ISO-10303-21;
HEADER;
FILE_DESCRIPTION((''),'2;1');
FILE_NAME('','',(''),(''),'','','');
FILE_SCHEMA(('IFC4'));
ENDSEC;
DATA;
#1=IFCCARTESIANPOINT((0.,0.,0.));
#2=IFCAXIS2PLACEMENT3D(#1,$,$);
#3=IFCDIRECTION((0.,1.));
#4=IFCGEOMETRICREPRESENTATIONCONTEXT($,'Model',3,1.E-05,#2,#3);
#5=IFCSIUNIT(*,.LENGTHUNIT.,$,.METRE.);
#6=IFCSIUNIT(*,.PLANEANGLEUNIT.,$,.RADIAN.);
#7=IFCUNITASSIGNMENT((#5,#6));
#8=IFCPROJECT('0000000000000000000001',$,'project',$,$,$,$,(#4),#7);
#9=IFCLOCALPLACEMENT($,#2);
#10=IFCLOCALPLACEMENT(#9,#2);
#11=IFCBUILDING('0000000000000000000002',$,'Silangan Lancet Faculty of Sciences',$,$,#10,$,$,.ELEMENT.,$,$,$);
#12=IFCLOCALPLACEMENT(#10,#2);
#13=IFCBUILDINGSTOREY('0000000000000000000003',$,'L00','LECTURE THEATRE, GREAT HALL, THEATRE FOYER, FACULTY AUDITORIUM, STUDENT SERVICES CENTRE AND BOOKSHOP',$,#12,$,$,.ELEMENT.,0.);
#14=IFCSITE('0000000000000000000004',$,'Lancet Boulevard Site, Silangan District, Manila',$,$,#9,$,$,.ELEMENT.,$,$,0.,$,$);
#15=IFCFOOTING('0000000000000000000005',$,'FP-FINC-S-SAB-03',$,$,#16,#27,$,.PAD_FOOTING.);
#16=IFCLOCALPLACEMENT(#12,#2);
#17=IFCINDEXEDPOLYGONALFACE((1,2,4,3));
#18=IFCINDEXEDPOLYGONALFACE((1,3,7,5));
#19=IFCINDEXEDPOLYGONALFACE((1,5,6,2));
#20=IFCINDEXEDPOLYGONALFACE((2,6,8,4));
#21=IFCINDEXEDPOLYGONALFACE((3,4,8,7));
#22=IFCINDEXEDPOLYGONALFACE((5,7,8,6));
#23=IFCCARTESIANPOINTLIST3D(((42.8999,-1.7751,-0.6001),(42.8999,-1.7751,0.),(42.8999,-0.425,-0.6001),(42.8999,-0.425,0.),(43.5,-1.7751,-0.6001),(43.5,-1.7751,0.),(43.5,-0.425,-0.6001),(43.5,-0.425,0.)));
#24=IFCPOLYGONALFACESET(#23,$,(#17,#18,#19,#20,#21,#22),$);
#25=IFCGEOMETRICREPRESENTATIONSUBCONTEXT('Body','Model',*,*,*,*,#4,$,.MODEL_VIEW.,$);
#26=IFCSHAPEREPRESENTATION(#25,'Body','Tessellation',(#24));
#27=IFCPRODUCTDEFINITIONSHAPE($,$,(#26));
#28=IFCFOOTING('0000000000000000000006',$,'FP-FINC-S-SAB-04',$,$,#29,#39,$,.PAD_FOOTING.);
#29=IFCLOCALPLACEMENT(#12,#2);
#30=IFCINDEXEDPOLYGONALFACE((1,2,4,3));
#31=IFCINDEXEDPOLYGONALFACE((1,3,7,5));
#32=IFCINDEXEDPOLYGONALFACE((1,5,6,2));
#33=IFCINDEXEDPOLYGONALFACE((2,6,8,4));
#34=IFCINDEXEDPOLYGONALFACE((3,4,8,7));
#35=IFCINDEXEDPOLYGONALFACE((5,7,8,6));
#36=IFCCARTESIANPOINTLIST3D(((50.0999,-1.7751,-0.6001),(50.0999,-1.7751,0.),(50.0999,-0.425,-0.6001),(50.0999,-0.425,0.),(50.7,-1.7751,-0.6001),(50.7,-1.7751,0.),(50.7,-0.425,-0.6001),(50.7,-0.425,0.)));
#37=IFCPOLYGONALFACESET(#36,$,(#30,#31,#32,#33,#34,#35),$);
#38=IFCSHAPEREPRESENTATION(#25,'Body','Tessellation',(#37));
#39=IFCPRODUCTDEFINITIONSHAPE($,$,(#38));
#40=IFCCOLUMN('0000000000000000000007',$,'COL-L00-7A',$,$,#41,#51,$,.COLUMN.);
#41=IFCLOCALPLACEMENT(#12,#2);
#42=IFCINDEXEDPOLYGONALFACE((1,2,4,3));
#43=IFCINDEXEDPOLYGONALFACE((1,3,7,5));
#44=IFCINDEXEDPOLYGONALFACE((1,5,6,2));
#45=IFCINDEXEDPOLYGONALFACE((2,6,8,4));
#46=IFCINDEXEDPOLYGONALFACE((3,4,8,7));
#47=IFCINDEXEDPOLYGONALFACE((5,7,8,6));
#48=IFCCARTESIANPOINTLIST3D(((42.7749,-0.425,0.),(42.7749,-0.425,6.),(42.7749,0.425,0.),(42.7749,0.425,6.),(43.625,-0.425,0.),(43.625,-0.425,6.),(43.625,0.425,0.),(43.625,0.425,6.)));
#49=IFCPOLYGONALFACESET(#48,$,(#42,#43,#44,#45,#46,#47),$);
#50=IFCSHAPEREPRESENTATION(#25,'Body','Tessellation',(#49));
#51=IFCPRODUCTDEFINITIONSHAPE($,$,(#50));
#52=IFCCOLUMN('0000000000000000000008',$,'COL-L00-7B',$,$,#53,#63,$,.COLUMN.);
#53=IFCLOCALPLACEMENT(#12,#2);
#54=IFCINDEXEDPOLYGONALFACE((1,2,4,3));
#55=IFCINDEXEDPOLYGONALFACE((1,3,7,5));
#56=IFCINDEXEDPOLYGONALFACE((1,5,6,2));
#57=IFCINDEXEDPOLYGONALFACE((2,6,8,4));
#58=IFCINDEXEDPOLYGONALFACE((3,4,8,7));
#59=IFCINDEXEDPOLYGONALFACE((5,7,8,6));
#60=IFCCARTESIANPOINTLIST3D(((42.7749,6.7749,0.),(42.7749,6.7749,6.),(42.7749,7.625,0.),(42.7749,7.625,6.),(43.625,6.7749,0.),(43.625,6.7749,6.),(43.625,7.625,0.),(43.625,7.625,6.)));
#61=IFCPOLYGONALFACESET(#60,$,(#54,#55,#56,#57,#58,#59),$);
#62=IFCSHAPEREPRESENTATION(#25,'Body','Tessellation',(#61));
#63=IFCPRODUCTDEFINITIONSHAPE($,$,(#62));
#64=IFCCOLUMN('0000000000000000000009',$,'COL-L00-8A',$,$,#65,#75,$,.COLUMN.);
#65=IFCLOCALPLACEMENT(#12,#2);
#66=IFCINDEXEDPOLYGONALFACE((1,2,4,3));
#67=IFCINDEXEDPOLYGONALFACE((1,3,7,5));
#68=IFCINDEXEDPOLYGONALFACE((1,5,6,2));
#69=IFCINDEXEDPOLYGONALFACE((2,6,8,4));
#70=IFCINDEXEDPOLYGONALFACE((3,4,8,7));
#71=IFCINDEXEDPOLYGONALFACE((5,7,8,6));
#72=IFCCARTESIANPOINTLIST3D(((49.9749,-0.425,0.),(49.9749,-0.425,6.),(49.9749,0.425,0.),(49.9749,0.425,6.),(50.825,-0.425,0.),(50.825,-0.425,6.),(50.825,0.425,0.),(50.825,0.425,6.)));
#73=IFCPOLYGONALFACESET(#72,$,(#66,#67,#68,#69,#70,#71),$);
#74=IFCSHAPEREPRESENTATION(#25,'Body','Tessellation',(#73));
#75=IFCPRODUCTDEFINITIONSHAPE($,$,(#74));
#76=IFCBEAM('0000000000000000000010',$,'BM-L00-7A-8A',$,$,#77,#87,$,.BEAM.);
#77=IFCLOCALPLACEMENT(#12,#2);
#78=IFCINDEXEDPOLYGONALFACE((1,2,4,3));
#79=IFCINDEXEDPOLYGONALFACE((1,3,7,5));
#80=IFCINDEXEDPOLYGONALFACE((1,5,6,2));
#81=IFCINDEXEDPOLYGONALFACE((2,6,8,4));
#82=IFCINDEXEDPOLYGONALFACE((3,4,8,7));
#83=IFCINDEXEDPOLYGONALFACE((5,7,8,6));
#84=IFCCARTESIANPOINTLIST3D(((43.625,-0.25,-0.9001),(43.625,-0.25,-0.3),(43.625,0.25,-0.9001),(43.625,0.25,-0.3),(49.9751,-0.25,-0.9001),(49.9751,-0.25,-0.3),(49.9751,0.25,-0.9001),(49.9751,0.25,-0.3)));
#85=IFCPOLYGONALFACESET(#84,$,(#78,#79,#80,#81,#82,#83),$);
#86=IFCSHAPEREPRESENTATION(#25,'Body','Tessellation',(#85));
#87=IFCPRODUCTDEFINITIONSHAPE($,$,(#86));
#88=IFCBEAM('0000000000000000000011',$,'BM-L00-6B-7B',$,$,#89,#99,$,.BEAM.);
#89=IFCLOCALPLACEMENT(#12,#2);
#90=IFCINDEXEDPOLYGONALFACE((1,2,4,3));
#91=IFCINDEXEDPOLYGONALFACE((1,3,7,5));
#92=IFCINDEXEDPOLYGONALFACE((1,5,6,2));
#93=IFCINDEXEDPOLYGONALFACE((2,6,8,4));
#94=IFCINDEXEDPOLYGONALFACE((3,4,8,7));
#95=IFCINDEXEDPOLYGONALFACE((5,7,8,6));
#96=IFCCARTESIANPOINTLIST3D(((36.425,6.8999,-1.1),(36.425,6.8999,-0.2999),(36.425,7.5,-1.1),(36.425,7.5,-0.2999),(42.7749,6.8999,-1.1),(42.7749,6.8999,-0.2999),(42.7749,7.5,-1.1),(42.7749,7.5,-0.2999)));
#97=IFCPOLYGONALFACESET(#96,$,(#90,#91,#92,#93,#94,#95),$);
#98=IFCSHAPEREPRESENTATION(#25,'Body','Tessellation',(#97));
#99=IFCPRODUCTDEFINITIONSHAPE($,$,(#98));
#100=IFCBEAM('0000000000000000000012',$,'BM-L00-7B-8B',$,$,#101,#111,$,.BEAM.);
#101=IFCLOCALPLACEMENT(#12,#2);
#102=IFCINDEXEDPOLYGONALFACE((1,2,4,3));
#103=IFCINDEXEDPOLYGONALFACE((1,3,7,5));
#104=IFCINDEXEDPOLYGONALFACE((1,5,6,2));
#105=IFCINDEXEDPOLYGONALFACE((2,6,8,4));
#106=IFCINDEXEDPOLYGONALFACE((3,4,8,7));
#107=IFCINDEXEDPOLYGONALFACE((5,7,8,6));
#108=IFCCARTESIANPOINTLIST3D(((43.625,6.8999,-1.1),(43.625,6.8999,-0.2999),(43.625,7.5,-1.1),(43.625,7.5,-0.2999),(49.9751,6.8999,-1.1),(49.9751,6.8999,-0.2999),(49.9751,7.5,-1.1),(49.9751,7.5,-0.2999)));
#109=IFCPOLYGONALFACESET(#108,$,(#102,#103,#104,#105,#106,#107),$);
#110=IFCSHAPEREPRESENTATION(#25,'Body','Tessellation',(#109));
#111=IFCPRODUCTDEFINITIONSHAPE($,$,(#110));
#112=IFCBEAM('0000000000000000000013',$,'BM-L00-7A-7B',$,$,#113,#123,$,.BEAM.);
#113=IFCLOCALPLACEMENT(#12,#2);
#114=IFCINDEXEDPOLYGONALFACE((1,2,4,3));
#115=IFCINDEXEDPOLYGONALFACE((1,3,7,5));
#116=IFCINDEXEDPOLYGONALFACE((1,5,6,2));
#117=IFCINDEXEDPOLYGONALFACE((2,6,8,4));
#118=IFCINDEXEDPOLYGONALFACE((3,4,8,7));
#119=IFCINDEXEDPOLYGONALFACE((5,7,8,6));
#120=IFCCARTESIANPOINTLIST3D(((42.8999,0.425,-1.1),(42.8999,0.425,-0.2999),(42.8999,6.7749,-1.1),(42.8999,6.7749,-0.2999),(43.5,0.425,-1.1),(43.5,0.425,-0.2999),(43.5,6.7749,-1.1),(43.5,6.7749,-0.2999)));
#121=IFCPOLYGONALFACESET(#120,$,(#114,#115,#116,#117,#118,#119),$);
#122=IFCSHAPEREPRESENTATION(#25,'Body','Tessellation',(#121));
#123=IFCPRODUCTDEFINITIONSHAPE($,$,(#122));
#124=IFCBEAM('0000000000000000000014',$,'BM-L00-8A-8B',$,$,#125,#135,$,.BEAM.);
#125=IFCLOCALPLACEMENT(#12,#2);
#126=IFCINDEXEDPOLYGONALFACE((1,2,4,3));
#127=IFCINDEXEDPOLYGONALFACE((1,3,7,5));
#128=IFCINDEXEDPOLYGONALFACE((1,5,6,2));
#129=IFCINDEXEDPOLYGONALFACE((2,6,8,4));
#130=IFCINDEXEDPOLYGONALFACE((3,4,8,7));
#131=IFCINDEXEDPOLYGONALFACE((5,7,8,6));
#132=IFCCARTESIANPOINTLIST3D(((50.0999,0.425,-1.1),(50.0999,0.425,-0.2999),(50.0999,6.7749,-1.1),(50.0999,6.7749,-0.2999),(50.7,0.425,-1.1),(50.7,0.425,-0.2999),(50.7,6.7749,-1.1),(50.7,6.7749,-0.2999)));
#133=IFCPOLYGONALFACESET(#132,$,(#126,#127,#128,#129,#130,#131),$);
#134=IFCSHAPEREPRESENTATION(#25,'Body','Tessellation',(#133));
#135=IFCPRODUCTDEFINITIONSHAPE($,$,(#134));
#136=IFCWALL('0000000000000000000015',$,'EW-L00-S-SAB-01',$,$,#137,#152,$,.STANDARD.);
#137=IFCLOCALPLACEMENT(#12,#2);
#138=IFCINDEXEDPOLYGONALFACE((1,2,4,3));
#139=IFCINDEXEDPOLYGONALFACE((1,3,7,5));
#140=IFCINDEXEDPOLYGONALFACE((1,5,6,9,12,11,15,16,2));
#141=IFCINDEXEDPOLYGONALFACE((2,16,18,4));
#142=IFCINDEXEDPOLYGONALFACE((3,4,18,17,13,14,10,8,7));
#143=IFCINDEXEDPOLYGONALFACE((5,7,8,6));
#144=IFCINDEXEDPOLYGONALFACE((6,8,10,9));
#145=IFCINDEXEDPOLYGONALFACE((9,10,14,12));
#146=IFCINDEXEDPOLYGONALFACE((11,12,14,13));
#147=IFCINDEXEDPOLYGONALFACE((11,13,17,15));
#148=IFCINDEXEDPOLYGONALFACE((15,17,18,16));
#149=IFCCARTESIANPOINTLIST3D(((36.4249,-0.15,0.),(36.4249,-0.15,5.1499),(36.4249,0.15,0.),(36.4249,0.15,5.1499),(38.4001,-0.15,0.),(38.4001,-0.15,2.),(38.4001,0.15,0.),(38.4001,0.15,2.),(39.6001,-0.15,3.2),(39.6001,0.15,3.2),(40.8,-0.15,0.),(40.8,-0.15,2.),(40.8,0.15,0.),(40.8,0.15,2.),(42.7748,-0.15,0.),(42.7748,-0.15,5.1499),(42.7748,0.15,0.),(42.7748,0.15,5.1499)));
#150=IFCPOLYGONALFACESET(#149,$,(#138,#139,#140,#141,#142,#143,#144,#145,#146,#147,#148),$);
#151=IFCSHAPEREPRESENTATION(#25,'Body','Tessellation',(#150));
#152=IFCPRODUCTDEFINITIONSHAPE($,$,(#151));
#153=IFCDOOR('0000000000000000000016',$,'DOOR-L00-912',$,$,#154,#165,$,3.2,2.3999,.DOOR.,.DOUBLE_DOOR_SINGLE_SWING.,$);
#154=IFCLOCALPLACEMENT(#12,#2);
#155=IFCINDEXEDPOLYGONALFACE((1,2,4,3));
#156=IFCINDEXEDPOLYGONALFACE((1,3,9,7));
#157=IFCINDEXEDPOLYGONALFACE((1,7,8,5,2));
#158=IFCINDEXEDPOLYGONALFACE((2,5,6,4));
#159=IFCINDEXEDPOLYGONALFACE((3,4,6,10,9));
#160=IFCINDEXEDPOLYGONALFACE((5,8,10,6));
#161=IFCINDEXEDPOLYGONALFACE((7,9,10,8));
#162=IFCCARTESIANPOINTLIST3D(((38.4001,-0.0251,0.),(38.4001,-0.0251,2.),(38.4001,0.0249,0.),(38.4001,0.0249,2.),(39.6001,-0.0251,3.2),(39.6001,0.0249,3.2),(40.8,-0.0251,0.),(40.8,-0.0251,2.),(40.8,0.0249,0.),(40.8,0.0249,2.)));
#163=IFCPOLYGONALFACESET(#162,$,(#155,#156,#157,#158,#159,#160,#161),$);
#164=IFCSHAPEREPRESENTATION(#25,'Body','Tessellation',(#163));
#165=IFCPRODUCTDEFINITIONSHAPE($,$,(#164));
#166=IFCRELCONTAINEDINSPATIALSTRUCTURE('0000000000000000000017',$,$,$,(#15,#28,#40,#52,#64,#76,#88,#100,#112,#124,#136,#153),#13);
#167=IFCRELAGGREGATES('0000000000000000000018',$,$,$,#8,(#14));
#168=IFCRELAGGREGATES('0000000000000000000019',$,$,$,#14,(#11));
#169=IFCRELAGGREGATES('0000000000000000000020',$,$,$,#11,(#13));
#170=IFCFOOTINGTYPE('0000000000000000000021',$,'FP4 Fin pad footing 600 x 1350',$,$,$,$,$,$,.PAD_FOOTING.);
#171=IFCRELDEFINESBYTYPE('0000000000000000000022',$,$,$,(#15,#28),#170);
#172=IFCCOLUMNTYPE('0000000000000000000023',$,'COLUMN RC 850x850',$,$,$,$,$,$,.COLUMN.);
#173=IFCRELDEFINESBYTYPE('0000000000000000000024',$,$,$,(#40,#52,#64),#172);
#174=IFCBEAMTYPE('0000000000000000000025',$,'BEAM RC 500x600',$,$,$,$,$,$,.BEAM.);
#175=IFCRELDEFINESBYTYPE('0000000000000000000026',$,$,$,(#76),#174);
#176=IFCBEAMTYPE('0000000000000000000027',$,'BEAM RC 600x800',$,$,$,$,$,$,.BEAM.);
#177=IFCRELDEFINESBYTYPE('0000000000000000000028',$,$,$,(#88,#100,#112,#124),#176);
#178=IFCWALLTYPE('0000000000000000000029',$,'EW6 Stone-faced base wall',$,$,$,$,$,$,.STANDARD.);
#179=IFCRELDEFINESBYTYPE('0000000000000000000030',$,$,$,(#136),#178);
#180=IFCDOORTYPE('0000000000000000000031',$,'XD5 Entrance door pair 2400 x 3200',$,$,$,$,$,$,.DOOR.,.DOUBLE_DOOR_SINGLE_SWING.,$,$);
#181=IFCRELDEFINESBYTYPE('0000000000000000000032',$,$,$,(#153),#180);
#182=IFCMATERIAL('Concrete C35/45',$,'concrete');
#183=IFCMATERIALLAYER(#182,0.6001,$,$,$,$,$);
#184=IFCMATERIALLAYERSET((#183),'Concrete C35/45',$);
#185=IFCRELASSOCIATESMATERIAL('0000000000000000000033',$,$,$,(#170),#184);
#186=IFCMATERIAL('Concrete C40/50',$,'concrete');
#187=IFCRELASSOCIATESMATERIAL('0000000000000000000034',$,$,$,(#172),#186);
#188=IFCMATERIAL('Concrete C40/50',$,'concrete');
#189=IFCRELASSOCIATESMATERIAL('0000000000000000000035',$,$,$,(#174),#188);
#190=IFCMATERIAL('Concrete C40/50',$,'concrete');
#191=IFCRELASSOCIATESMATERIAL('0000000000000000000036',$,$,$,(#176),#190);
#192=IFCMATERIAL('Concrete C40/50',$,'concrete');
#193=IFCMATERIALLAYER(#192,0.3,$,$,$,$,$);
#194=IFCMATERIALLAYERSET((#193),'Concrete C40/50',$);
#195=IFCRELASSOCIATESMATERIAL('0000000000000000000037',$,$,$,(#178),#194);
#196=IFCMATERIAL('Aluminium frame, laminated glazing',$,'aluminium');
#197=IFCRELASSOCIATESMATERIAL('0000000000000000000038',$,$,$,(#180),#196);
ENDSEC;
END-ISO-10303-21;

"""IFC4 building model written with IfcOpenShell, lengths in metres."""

from ifc_helpers import new_model, si_unit, direction, frame, frame_2d, origin, origin_2d, place, context, subcontext, project, spatial, polyline, rectangle, outline, extrude, material, layer, layer_set, material_profile, profile_set, type_object, element, fill, save


model = new_model("IFC4")

# Units and contexts
model_context = context("Model", 3, precision=1e-05, world=origin(), true_north=direction((0.0, 1.0)))
body_context = subcontext(model_context, "Body", "Model", "MODEL_VIEW")
ifc_project = project(units=[si_unit("LENGTHUNIT", "METRE"), si_unit("PLANEANGLEUNIT", "RADIAN")], contexts=[model_context])

# Site, building, storey
site_placement = place(None, origin())
site = spatial("IfcSite", under=ifc_project, at=site_placement, Name="Lancet Boulevard Site, Silangan District, Manila", CompositionType="ELEMENT", RefElevation=0.0)
building_placement = place(site_placement, origin())
building = spatial("IfcBuilding", under=site, at=building_placement, Name="Silangan Lancet Faculty of Sciences", CompositionType="ELEMENT")
storey_placement = place(building_placement, origin())
storey = spatial("IfcBuildingStorey", under=building, at=storey_placement, Name="L00", Description="LECTURE THEATRE, GREAT HALL, THEATRE FOYER, FACULTY AUDITORIUM, STUDENT SERVICES CENTRE AND BOOKSHOP", CompositionType="ELEMENT", Elevation=0.0)

# Footings
ifc_material_1 = material(Name="Concrete C35/45", Category="concrete")
ifc_layer_1 = layer(ifc_material_1, 0.6001)
ifc_layer_set_1 = layer_set([ifc_layer_1], Name="Concrete C35/45")
footing_type = type_object("IfcFootingType", Name="FP4 Fin pad footing 600 x 1350", PredefinedType="PAD_FOOTING", material=ifc_layer_set_1)
for number, where, z_axis, x_axis, name in (
    (1, (43.2, -1.1001, -0.6001), (0.0, 0.0, 1.0), (1.0, 0.0, 0.0), "FP-FINC-S-SAB-03"),
    (2, (50.3999, -1.1001, -0.6001), (0.0, 0.0, 1.0), (1.0, 0.0, 0.0), "FP-FINC-S-SAB-04"),
):
    element("IfcFooting", number, at=place(storey_placement, frame(where, z_axis=z_axis, x_axis=x_axis)), inside=storey, type_object=footing_type, Name=name, PredefinedType="PAD_FOOTING", context=body_context, shape_type="SweptSolid", body=[
        extrude(rectangle(XDim=0.6001, YDim=1.3501, at=origin_2d()), origin(), (0.0, 0.0, 1.0), 0.6001),
    ])

# Columns
ifc_material_2 = material(Name="Concrete C40/50", Category="concrete")
ifc_material_profile_1 = material_profile(ifc_material_2, rectangle(XDim=0.8501, YDim=0.8501, at=origin_2d()), Name="RC 850x850")
ifc_profile_set_1 = profile_set([ifc_material_profile_1], Name="Concrete C40/50")
column_type = type_object("IfcColumnType", Name="COLUMN RC 850x850", PredefinedType="COLUMN", material=ifc_profile_set_1)
for number, where, z_axis, x_axis, name in (
    (3, (43.2, 0.0, 0.0), (0.0, 0.0, 1.0), (1.0, 0.0, 0.0), "COL-L00-7A"),
    (4, (43.2, 7.2, 0.0), (0.0, 0.0, 1.0), (1.0, 0.0, 0.0), "COL-L00-7B"),
    (5, (50.3999, 0.0, 0.0), (0.0, 0.0, 1.0), (1.0, 0.0, 0.0), "COL-L00-8A"),
):
    element("IfcColumn", number, at=place(storey_placement, frame(where, z_axis=z_axis, x_axis=x_axis)), inside=storey, type_object=column_type, Name=name, PredefinedType="COLUMN", context=body_context, shape_type="SweptSolid", body=[
        extrude(rectangle(XDim=0.8501, YDim=0.8501, at=origin_2d()), origin(), (0.0, 0.0, 1.0), 6.0),
    ])

# Beams
ifc_material_3 = material(Name="Concrete C40/50", Category="concrete")
ifc_material_profile_2 = material_profile(ifc_material_3, rectangle(XDim=0.5, YDim=0.6001, at=origin_2d()), Name="RC 500x600")
ifc_profile_set_2 = profile_set([ifc_material_profile_2], Name="Concrete C40/50")
beam_type_1 = type_object("IfcBeamType", Name="BEAM RC 500x600", PredefinedType="BEAM", material=ifc_profile_set_2)
beam_1_placement = place(storey_placement, frame((43.625, 0.0, -0.6001), z_axis=(1.0, 0.0, 0.0), x_axis=(0.0, 1.0, 0.0)))
element("IfcBeam", 6, at=beam_1_placement, inside=storey, type_object=beam_type_1, Name="BM-L00-7A-8A", PredefinedType="BEAM", context=body_context, shape_type="SweptSolid", body=[
    extrude(rectangle(XDim=0.5, YDim=0.6001, at=origin_2d()), origin(), (0.0, 0.0, 1.0), 6.3501),
])
ifc_material_4 = material(Name="Concrete C40/50", Category="concrete")
ifc_material_profile_3 = material_profile(ifc_material_4, rectangle(XDim=0.6001, YDim=0.8, at=origin_2d()), Name="RC 600x800")
ifc_profile_set_3 = profile_set([ifc_material_profile_3], Name="Concrete C40/50")
beam_type_2 = type_object("IfcBeamType", Name="BEAM RC 600x800", PredefinedType="BEAM", material=ifc_profile_set_3)
beam_2_placement = place(storey_placement, frame((36.425, 7.2, -0.7), z_axis=(1.0, 0.0, 0.0), x_axis=(0.0, 1.0, 0.0)))
element("IfcBeam", 7, at=beam_2_placement, inside=storey, type_object=beam_type_2, Name="BM-L00-6B-7B", PredefinedType="BEAM", context=body_context, shape_type="SweptSolid", body=[
    extrude(rectangle(XDim=0.6001, YDim=0.8, at=origin_2d()), origin(), (0.0, 0.0, 1.0), 6.3499),
])
beam_3_placement = place(storey_placement, frame((43.625, 7.2, -0.7), z_axis=(1.0, 0.0, 0.0), x_axis=(0.0, 1.0, 0.0)))
element("IfcBeam", 8, at=beam_3_placement, inside=storey, type_object=beam_type_2, Name="BM-L00-7B-8B", PredefinedType="BEAM", context=body_context, shape_type="SweptSolid", body=[
    extrude(rectangle(XDim=0.6001, YDim=0.8, at=origin_2d()), origin(), (0.0, 0.0, 1.0), 6.3501),
])
for number, where, z_axis, x_axis, name in (
    (9, (43.2, 0.425, -0.7), (0.0, 1.0, 0.0), (-1.0, 0.0, 0.0), "BM-L00-7A-7B"),
    (10, (50.3999, 0.425, -0.7), (0.0, 1.0, 0.0), (-1.0, 0.0, 0.0), "BM-L00-8A-8B"),
):
    element("IfcBeam", number, at=place(storey_placement, frame(where, z_axis=z_axis, x_axis=x_axis)), inside=storey, type_object=beam_type_2, Name=name, PredefinedType="BEAM", context=body_context, shape_type="SweptSolid", body=[
        extrude(rectangle(XDim=0.6001, YDim=0.8, at=origin_2d()), origin(), (0.0, 0.0, 1.0), 6.3499),
    ])

# Wall, opening, door
ifc_material_5 = material(Name="Concrete C40/50", Category="concrete")
ifc_layer_2 = layer(ifc_material_5, 0.3)
ifc_layer_set_2 = layer_set([ifc_layer_2], Name="Concrete C40/50")
wall_type_1 = type_object("IfcWallType", Name="EW6 Stone-faced base wall", PredefinedType="STANDARD", material=ifc_layer_set_2)
wall_1_placement = place(storey_placement, frame((36.425, 0.0, 0.0), z_axis=(0.0, 0.0, 1.0), x_axis=(1.0, 0.0, 0.0)))
wall_1 = element("IfcWall", 11, at=wall_1_placement, inside=storey, type_object=wall_type_1, Name="EW-L00-S-SAB-01", PredefinedType="STANDARD", context=body_context, shape_type="SweptSolid", body=[
    extrude(rectangle(XDim=6.3499, YDim=0.3, at=frame_2d((3.1748, 0.0))), origin(), (0.0, 0.0, 1.0), 5.1499),
])
opening_1_placement = place(wall_1_placement, frame((1.9751, 0.0, 0.0)))
opening_1 = element("IfcOpeningElement", 12, at=opening_1_placement, cuts=wall_1, PredefinedType="OPENING", context=body_context, shape_type="SweptSolid", body=[
    extrude(outline(polyline([(0.0, 0.0), (2.3999, 0.0), (2.3999, 2.0), (1.2, 3.2), (0.0, 2.0), (0.0, 0.0)])), frame((0.0, 0.1599, 0.0), z_axis=(0.0, -1.0, 0.0), x_axis=(1.0, 0.0, 0.0)), (0.0, 0.0, 1.0), 0.3201),
])
ifc_material_6 = material(Name="Aluminium frame, laminated glazing", Category="aluminium")
door_type_1 = type_object("IfcDoorType", Name="XD5 Entrance door pair 2400 x 3200", OperationType="DOUBLE_DOOR_SINGLE_SWING", PredefinedType="DOOR", material=ifc_material_6)
door_1_placement = place(opening_1_placement, frame((2.3999, 0.0, 0.0), z_axis=(0.0, 0.0, 1.0), x_axis=(-1.0, 0.0, 0.0)))
door_1 = element("IfcDoor", 13, at=door_1_placement, inside=storey, type_object=door_type_1, Name="DOOR-L00-912", OperationType="DOUBLE_DOOR_SINGLE_SWING", OverallHeight=3.2, OverallWidth=2.3999, PredefinedType="DOOR", context=body_context, shape_type="SweptSolid", body=[
    extrude(outline(polyline([(2.3999, 2.0), (1.2, 3.2), (0.0, 2.0), (0.0, 0.0), (2.3999, 0.0), (2.3999, 2.0)])), frame((0.0, 0.0251, 0.0), z_axis=(0.0, -1.0, 0.0), x_axis=(1.0, 0.0, 0.0)), (0.0, 0.0, 1.0), 0.05),
])
fill(opening_1, door_1)

save(model, "model.ifc")
